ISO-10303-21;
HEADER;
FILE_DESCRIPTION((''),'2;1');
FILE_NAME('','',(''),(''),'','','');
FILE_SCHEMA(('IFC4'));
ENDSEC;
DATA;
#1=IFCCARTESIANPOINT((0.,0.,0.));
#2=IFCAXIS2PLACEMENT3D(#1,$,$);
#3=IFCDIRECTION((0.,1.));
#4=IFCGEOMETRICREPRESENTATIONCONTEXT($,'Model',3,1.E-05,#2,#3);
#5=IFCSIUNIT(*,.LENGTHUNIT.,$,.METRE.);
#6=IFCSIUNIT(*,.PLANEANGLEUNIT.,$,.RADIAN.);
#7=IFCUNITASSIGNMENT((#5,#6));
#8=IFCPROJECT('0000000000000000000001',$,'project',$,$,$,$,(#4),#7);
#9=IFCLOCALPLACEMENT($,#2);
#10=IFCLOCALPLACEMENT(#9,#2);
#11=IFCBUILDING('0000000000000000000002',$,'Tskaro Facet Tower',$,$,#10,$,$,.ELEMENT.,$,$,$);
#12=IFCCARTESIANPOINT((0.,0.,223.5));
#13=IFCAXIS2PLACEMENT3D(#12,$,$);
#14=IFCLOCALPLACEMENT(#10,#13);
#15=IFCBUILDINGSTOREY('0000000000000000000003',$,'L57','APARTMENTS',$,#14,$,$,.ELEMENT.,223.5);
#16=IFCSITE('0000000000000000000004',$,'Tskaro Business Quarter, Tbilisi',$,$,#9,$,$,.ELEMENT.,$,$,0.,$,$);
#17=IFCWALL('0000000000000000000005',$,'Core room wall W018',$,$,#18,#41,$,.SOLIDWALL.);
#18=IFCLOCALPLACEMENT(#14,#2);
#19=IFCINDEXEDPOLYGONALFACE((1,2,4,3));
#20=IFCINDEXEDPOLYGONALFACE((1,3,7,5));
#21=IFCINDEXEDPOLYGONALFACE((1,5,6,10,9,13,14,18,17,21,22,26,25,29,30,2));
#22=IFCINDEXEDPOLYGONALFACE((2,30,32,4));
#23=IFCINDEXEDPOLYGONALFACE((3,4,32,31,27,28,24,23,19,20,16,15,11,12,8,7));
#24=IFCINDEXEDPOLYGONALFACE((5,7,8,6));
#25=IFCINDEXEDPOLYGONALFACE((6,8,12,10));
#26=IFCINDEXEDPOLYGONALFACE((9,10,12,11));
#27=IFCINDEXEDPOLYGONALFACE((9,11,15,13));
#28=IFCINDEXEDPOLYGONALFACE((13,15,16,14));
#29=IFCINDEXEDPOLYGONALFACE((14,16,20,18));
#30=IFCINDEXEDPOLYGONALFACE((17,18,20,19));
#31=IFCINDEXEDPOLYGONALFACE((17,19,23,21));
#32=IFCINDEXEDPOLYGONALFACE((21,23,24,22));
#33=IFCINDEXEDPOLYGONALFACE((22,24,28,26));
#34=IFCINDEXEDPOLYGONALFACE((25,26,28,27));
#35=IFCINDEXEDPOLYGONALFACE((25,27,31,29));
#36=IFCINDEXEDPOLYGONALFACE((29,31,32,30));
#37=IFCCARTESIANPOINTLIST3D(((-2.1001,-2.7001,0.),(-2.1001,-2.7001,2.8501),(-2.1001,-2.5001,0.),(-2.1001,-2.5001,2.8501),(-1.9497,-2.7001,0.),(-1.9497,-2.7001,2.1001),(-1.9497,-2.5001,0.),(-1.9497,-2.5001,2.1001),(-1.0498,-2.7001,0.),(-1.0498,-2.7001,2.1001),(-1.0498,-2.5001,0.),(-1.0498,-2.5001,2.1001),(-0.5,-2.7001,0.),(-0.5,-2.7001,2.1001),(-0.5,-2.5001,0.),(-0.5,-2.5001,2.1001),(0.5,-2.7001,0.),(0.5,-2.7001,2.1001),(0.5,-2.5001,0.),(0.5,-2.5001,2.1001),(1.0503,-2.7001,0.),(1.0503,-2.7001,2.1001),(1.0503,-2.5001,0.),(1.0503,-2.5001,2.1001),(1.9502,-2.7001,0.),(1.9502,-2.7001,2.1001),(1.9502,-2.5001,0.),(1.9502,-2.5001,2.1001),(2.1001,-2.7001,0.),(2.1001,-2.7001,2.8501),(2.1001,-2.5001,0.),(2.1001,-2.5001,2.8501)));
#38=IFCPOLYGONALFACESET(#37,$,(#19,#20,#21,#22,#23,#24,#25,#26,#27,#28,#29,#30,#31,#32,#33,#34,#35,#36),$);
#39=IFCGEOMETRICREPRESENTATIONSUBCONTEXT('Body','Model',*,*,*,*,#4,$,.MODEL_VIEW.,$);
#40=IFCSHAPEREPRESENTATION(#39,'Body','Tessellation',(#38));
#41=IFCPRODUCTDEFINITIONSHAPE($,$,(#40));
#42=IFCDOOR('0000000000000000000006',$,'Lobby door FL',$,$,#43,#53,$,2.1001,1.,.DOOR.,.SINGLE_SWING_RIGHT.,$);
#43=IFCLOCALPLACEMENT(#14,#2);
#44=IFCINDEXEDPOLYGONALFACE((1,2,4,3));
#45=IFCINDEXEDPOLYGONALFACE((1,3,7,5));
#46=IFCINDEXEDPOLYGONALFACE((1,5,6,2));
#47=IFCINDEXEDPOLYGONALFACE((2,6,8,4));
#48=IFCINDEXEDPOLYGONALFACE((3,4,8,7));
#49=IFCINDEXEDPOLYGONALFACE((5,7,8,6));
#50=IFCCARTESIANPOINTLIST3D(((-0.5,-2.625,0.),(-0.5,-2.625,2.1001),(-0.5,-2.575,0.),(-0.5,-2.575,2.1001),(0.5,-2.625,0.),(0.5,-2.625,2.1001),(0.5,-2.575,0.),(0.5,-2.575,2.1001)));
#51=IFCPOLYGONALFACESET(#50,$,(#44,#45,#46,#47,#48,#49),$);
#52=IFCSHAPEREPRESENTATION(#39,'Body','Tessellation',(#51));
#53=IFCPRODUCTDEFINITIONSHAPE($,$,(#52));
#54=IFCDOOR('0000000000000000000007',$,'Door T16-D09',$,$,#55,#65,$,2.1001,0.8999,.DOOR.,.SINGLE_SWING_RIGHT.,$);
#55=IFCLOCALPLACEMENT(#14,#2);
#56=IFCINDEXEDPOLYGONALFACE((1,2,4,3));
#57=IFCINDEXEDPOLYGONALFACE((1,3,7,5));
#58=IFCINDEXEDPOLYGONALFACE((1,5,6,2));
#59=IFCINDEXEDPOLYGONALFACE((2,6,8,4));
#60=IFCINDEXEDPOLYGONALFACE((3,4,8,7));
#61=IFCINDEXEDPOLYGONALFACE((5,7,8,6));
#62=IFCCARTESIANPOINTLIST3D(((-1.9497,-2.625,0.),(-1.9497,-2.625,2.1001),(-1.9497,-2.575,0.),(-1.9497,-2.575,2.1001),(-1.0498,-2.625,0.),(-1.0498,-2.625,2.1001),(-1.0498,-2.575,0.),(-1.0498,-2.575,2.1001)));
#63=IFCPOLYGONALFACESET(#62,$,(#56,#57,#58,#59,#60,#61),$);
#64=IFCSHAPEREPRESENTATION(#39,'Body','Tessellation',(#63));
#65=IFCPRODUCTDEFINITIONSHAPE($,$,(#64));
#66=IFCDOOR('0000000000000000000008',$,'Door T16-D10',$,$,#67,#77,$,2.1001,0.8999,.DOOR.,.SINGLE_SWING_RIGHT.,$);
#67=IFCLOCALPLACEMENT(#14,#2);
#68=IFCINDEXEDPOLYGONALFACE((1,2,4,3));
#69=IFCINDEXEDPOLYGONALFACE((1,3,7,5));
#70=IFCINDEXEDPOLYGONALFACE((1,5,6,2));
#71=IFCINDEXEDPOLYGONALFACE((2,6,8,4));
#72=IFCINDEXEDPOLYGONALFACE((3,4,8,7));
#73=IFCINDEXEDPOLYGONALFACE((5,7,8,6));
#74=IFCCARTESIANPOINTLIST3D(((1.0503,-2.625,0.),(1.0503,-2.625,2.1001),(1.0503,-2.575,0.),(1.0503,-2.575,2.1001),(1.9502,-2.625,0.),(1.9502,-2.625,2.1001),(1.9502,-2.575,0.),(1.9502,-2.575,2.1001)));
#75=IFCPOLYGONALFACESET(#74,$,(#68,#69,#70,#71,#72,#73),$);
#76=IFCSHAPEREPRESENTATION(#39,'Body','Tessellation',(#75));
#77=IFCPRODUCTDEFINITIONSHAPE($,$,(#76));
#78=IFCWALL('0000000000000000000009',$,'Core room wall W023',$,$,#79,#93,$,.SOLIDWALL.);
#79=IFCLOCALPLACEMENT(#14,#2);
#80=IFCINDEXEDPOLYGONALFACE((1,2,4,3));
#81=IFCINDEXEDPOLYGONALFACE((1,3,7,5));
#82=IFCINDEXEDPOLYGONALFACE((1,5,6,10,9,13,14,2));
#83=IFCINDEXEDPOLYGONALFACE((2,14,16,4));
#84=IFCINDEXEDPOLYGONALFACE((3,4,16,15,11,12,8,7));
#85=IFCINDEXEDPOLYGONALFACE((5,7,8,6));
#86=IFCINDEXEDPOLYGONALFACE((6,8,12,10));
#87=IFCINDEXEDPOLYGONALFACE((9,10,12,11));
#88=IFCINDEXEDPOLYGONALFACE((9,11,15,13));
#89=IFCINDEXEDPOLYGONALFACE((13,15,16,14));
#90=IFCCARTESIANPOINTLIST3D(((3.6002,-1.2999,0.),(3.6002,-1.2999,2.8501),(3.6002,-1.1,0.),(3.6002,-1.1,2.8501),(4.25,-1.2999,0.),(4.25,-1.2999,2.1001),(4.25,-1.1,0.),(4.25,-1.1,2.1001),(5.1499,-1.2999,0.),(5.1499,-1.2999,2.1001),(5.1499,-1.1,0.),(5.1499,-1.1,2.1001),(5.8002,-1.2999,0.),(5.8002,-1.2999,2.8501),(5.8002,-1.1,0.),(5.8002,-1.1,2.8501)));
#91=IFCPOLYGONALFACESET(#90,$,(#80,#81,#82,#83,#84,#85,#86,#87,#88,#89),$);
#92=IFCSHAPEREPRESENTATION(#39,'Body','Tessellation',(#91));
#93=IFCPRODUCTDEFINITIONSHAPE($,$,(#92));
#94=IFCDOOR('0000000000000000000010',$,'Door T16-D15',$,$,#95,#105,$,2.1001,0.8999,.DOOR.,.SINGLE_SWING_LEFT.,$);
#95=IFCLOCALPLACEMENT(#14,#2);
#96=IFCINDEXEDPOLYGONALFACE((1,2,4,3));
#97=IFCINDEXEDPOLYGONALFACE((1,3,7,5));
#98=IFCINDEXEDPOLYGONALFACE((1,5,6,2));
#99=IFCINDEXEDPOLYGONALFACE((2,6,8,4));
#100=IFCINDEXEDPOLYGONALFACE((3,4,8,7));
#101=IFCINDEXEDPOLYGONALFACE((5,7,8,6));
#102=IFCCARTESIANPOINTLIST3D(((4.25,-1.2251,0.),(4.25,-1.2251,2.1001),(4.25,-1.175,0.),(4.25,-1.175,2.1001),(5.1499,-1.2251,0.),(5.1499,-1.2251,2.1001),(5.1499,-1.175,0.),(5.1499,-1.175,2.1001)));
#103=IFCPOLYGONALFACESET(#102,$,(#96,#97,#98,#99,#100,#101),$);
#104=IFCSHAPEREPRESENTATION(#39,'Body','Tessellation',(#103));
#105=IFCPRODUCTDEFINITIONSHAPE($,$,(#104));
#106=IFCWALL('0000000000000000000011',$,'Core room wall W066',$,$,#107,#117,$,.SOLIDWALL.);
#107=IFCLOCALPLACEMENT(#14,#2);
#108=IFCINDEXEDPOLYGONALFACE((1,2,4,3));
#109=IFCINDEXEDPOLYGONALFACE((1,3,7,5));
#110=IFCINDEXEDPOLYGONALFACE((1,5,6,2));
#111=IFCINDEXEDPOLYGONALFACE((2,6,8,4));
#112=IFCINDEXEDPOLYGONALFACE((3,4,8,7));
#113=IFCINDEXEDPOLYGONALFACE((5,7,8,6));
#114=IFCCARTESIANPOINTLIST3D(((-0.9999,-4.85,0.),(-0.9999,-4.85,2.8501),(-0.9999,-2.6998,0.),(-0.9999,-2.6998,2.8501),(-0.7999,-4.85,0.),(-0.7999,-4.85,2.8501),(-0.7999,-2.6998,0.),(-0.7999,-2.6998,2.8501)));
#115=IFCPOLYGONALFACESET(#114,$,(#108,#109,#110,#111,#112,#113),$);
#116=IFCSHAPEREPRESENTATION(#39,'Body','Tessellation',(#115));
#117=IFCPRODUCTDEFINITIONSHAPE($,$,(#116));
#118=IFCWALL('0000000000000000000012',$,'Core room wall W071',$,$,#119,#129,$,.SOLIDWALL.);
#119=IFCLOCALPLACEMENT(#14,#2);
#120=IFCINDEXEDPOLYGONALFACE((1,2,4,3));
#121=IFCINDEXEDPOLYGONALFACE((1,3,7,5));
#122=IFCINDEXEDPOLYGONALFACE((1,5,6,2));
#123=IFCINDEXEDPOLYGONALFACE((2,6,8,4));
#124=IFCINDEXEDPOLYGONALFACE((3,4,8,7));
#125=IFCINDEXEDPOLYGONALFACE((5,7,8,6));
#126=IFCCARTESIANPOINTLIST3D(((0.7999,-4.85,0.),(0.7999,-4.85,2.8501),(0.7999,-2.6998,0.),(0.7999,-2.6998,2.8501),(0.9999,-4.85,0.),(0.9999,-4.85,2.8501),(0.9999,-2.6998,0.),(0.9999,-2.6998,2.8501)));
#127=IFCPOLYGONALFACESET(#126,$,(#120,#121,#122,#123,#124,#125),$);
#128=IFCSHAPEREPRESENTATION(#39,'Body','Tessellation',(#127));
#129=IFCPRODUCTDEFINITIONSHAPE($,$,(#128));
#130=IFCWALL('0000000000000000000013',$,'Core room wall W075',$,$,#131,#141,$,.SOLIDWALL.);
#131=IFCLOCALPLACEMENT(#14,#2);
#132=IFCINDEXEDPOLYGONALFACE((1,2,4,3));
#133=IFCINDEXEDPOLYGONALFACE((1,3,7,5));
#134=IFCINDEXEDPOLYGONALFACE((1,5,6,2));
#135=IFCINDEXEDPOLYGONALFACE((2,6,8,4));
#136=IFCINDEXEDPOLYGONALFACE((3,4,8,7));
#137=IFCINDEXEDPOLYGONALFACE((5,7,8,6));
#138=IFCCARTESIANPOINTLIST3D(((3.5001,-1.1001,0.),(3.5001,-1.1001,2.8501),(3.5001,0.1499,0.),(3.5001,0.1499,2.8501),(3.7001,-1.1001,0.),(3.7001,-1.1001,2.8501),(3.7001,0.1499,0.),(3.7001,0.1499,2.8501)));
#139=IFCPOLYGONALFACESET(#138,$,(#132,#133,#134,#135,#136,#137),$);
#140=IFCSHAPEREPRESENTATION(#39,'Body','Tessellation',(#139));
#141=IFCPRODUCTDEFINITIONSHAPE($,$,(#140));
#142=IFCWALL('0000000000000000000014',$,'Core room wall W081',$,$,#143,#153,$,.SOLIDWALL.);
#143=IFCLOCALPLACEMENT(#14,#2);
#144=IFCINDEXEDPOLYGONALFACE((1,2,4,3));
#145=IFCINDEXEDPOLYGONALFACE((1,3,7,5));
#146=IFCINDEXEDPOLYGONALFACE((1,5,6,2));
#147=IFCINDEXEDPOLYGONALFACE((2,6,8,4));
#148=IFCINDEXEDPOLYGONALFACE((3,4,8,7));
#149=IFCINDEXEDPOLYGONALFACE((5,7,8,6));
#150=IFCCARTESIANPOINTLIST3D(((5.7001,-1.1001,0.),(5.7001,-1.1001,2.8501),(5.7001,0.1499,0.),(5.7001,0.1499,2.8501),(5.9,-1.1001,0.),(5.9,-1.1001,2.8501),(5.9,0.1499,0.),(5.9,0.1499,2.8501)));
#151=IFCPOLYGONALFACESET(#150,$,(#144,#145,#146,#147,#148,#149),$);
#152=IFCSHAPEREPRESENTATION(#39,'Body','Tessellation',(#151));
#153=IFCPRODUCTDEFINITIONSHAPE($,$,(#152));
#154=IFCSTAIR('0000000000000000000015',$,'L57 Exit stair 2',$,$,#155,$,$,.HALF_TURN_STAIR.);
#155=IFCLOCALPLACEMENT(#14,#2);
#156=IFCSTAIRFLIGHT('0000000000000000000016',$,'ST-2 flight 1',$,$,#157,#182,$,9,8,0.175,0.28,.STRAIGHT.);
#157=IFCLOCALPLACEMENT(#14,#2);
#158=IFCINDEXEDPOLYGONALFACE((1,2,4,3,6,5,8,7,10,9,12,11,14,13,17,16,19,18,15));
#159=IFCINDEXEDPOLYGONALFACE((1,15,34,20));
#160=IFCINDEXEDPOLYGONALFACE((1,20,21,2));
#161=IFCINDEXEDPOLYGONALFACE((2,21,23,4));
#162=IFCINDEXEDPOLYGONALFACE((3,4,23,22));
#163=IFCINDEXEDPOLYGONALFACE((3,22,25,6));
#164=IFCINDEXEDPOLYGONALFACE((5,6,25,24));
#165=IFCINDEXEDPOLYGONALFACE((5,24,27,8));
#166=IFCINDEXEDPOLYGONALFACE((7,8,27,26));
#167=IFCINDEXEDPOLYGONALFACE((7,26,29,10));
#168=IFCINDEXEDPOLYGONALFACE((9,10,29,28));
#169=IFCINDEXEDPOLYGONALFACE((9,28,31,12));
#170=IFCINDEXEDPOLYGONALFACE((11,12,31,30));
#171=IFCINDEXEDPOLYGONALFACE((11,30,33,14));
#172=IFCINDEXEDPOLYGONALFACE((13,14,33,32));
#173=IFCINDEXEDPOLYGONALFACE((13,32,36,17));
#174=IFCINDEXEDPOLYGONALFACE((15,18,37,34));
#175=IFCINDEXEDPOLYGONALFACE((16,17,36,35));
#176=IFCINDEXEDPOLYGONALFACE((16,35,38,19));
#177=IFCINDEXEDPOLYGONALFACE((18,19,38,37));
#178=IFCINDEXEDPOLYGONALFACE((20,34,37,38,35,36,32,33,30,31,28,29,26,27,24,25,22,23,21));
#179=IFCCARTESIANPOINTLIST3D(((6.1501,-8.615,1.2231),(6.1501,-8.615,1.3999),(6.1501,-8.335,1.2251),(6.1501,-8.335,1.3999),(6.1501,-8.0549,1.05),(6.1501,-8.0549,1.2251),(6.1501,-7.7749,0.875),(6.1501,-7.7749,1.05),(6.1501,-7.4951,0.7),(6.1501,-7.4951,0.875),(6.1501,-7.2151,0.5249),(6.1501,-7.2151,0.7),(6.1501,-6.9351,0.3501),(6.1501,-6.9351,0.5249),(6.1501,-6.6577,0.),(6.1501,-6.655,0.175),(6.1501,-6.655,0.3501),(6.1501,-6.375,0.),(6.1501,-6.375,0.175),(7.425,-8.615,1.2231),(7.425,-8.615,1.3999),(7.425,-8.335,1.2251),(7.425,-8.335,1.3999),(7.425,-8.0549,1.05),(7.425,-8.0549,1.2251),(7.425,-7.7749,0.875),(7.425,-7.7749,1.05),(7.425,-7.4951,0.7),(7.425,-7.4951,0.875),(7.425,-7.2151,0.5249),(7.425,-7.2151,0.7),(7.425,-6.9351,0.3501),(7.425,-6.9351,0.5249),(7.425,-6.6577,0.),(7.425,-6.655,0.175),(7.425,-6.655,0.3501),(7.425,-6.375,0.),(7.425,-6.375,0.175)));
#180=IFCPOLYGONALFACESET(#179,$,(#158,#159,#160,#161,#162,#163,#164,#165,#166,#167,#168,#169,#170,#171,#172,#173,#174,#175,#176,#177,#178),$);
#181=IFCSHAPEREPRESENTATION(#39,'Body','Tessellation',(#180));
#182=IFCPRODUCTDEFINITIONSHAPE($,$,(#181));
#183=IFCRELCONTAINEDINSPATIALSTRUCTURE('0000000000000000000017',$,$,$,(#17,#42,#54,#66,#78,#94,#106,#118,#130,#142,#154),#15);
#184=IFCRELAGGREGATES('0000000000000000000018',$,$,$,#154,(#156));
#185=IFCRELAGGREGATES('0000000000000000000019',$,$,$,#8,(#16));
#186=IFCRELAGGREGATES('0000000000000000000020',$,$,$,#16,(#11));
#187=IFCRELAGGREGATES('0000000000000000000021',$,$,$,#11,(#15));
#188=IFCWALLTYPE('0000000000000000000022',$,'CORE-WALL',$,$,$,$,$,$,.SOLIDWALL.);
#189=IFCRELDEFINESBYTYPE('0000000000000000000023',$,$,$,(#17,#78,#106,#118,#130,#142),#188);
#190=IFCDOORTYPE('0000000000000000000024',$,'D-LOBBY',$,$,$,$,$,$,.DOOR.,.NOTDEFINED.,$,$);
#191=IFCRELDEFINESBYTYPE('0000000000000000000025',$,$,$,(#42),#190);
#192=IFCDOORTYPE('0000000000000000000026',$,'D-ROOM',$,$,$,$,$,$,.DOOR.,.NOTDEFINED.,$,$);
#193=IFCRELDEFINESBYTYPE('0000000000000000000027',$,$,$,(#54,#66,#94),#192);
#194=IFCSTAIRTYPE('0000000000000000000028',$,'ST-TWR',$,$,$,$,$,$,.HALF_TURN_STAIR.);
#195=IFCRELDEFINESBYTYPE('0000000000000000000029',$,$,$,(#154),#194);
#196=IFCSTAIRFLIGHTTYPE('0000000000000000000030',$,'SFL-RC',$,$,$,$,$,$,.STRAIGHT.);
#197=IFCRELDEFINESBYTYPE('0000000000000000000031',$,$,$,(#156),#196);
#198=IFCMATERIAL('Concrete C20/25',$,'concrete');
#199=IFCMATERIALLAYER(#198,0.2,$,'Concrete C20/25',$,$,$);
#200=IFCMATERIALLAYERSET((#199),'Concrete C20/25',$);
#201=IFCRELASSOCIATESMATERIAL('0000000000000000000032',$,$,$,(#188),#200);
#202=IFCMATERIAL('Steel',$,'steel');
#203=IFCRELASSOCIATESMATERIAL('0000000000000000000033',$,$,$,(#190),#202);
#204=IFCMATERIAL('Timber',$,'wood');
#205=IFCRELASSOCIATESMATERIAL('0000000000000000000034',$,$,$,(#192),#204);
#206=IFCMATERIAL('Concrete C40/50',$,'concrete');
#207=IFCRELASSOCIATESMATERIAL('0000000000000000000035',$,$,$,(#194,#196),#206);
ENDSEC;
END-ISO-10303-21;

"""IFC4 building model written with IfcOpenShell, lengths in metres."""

from ifc_helpers import new_model, si_unit, direction, frame, frame_2d, origin, place, context, subcontext, project, spatial, polyline, rectangle, outline, extrude, material, layer, layer_set, type_object, element, fill, aggregate, save


model = new_model("IFC4")

# Units and contexts
model_context = context("Model", 3, precision=1e-05, world=origin(), true_north=direction((0.0, 1.0)))
body_context = subcontext(model_context, "Body", "Model", "MODEL_VIEW")
ifc_project = project(units=[si_unit("LENGTHUNIT", "METRE"), si_unit("PLANEANGLEUNIT", "RADIAN")], contexts=[model_context])

# Site, building, storey
site_placement = place(None, origin())
site = spatial("IfcSite", under=ifc_project, at=site_placement, Name="Tskaro Business Quarter, Tbilisi", CompositionType="ELEMENT", RefElevation=0.0)
building_placement = place(site_placement, origin())
building = spatial("IfcBuilding", under=site, at=building_placement, Name="Tskaro Facet Tower", CompositionType="ELEMENT")
storey_placement = place(building_placement, frame((0.0, 0.0, 223.5)))
storey = spatial("IfcBuildingStorey", under=building, at=storey_placement, Name="L57", Description="APARTMENTS", CompositionType="ELEMENT", Elevation=223.5)

# Shared definitions
ifc_material_1 = material(Name="Steel", Category="steel")

# Shared definitions
ifc_material_2 = material(Name="Concrete C20/25", Category="concrete")
ifc_layer_1 = layer(ifc_material_2, 0.2, Name="Concrete C20/25")
ifc_layer_set_1 = layer_set([ifc_layer_1], Name="Concrete C20/25")
wall_type_1 = type_object("IfcWallType", Name="CORE-WALL", PredefinedType="SOLIDWALL", material=ifc_layer_set_1)

# Wall, openings, doors
wall_1_placement = place(storey_placement, frame((2.1001, -2.6001, 0.0), z_axis=(0.0, 0.0, 1.0), x_axis=(-1.0, 0.0, 0.0)))
wall_1 = element("IfcWall", 1, at=wall_1_placement, inside=storey, type_object=wall_type_1, Name="Core room wall W018", PredefinedType="SOLIDWALL", context=body_context, shape_type="SweptSolid", body=[
    extrude(rectangle(XDim=4.2002, YDim=0.2, at=frame_2d((2.1001, 0.0))), origin(), (0.0, 0.0, 1.0), 2.8501),
])
opening_1_placement = place(wall_1_placement, frame((1.6001, 0.0, 0.0)))
opening_1 = element("IfcOpeningElement", 2, at=opening_1_placement, cuts=wall_1, PredefinedType="OPENING", context=body_context, shape_type="SweptSolid", body=[
    extrude(rectangle(XDim=1.0, YDim=2.1001, at=frame_2d((0.5, 1.05))), frame((0.0, 0.1099, 0.0), z_axis=(0.0, -1.0, 0.0), x_axis=(1.0, 0.0, 0.0)), (0.0, 0.0, 1.0), 0.22),
])
opening_2_placement = place(wall_1_placement, frame((3.1499, 0.0, 0.0)))
opening_2 = element("IfcOpeningElement", 3, at=opening_2_placement, cuts=wall_1, PredefinedType="OPENING", context=body_context, shape_type="SweptSolid", body=[
    extrude(rectangle(XDim=0.8999, YDim=2.1001, at=frame_2d((0.45, 1.05))), frame((0.0, 0.1099, 0.0), z_axis=(0.0, -1.0, 0.0), x_axis=(1.0, 0.0, 0.0)), (0.0, 0.0, 1.0), 0.22),
])
opening_3_placement = place(wall_1_placement, frame((0.1499, 0.0, 0.0)))
opening_3 = element("IfcOpeningElement", 4, at=opening_3_placement, cuts=wall_1, PredefinedType="OPENING", context=body_context, shape_type="SweptSolid", body=[
    extrude(rectangle(XDim=0.8999, YDim=2.1001, at=frame_2d((0.45, 1.05))), frame((0.0, 0.1099, 0.0), z_axis=(0.0, -1.0, 0.0), x_axis=(1.0, 0.0, 0.0)), (0.0, 0.0, 1.0), 0.22),
])
door_type_1 = type_object("IfcDoorType", Name="D-LOBBY", OperationType="NOTDEFINED", PredefinedType="DOOR", material=ifc_material_1)
door_1_placement = place(opening_1_placement, origin())
door_1 = element("IfcDoor", 5, at=door_1_placement, inside=storey, type_object=door_type_1, Name="Lobby door FL", OperationType="SINGLE_SWING_RIGHT", OverallHeight=2.1001, OverallWidth=1.0, PredefinedType="DOOR", context=body_context, shape_type="SweptSolid", body=[
    extrude(rectangle(XDim=1.0, YDim=2.1001, at=frame_2d((0.5, 1.05))), frame((0.0, 0.0249, 0.0), z_axis=(0.0, -1.0, 0.0), x_axis=(1.0, 0.0, 0.0)), (0.0, 0.0, 1.0), 0.05),
])
fill(opening_1, door_1)
ifc_material_3 = material(Name="Timber", Category="wood")
door_type_2 = type_object("IfcDoorType", Name="D-ROOM", OperationType="NOTDEFINED", PredefinedType="DOOR", material=ifc_material_3)
door_2_placement = place(opening_2_placement, origin())
door_2 = element("IfcDoor", 6, at=door_2_placement, inside=storey, type_object=door_type_2, Name="Door T16-D09", OperationType="SINGLE_SWING_RIGHT", OverallHeight=2.1001, OverallWidth=0.8999, PredefinedType="DOOR", context=body_context, shape_type="SweptSolid", body=[
    extrude(rectangle(XDim=0.8999, YDim=2.1001, at=frame_2d((0.45, 1.05))), frame((0.0, 0.0249, 0.0), z_axis=(0.0, -1.0, 0.0), x_axis=(1.0, 0.0, 0.0)), (0.0, 0.0, 1.0), 0.05),
])
fill(opening_2, door_2)
door_3_placement = place(opening_3_placement, origin())
door_3 = element("IfcDoor", 7, at=door_3_placement, inside=storey, type_object=door_type_2, Name="Door T16-D10", OperationType="SINGLE_SWING_RIGHT", OverallHeight=2.1001, OverallWidth=0.8999, PredefinedType="DOOR", context=body_context, shape_type="SweptSolid", body=[
    extrude(rectangle(XDim=0.8999, YDim=2.1001, at=frame_2d((0.45, 1.05))), frame((0.0, 0.0249, 0.0), z_axis=(0.0, -1.0, 0.0), x_axis=(1.0, 0.0, 0.0)), (0.0, 0.0, 1.0), 0.05),
])
fill(opening_3, door_3)

# Wall, opening, door
wall_2_placement = place(storey_placement, frame((3.6001, -1.2, 0.0), z_axis=(0.0, 0.0, 1.0), x_axis=(1.0, 0.0, 0.0)))
wall_2 = element("IfcWall", 8, at=wall_2_placement, inside=storey, type_object=wall_type_1, Name="Core room wall W023", PredefinedType="SOLIDWALL", context=body_context, shape_type="SweptSolid", body=[
    extrude(rectangle(XDim=2.2, YDim=0.2, at=frame_2d((1.1001, 0.0))), origin(), (0.0, 0.0, 1.0), 2.8501),
])
opening_4_placement = place(wall_2_placement, frame((0.6499, 0.0, 0.0)))
opening_4 = element("IfcOpeningElement", 9, at=opening_4_placement, cuts=wall_2, PredefinedType="OPENING", context=body_context, shape_type="SweptSolid", body=[
    extrude(rectangle(XDim=0.8999, YDim=2.1001, at=frame_2d((0.45, 1.05))), frame((0.0, 0.1099, 0.0), z_axis=(0.0, -1.0, 0.0), x_axis=(1.0, 0.0, 0.0)), (0.0, 0.0, 1.0), 0.22),
])
door_4_placement = place(opening_4_placement, origin())
door_4 = element("IfcDoor", 10, at=door_4_placement, inside=storey, type_object=door_type_2, Name="Door T16-D15", OperationType="SINGLE_SWING_LEFT", OverallHeight=2.1001, OverallWidth=0.8999, PredefinedType="DOOR", context=body_context, shape_type="SweptSolid", body=[
    extrude(rectangle(XDim=0.8999, YDim=2.1001, at=frame_2d((0.45, 1.05))), frame((0.0, 0.0249, 0.0), z_axis=(0.0, -1.0, 0.0), x_axis=(1.0, 0.0, 0.0)), (0.0, 0.0, 1.0), 0.05),
])
fill(opening_4, door_4)

# Walls
for number, where, z_axis, x_axis, name in (
    (11, (-0.8999, -4.8501, 0.0), (0.0, 0.0, 1.0), (0.0, 1.0, 0.0), "Core room wall W066"),
    (12, (0.8999, -4.8501, 0.0), (0.0, 0.0, 1.0), (0.0, 1.0, 0.0), "Core room wall W071"),
):
    element("IfcWall", number, at=place(storey_placement, frame(where, z_axis=z_axis, x_axis=x_axis)), inside=storey, type_object=wall_type_1, Name=name, PredefinedType="SOLIDWALL", context=body_context, shape_type="SweptSolid", body=[
        extrude(rectangle(XDim=2.1501, YDim=0.2, at=frame_2d((1.0752, 0.0))), origin(), (0.0, 0.0, 1.0), 2.8501),
    ])
for number, where, z_axis, x_axis, name in (
    (13, (3.6001, -1.1001, 0.0), (0.0, 0.0, 1.0), (0.0, 1.0, 0.0), "Core room wall W075"),
    (14, (5.8, -1.1001, 0.0), (0.0, 0.0, 1.0), (0.0, 1.0, 0.0), "Core room wall W081"),
):
    element("IfcWall", number, at=place(storey_placement, frame(where, z_axis=z_axis, x_axis=x_axis)), inside=storey, type_object=wall_type_1, Name=name, PredefinedType="SOLIDWALL", context=body_context, shape_type="SweptSolid", body=[
        extrude(rectangle(XDim=1.25, YDim=0.2, at=frame_2d((0.625, 0.0))), origin(), (0.0, 0.0, 1.0), 2.8501),
    ])

# Stair, stair flight
ifc_material_4 = material(Name="Concrete C40/50", Category="concrete")
stair_type = type_object("IfcStairType", Name="ST-TWR", PredefinedType="HALF_TURN_STAIR", material=ifc_material_4)
stair_placement = place(storey_placement, origin())
stair = element("IfcStair", 15, at=stair_placement, inside=storey, type_object=stair_type, Name="L57 Exit stair 2", PredefinedType="HALF_TURN_STAIR")
stair_flight_type = type_object("IfcStairFlightType", Name="SFL-RC", PredefinedType="STRAIGHT", material=ifc_material_4)
stair_flight_placement = place(storey_placement, frame((6.7876, -6.375, 0.0), z_axis=(0.0, 0.0, 1.0), x_axis=(0.0, -1.0, 0.0)))
stair_flight = element("IfcStairFlight", 16, at=stair_flight_placement, type_object=stair_flight_type, Name="ST-2 flight 1", NumberOfRisers=9, NumberOfTreads=8, PredefinedType="STRAIGHT", RiserHeight=0.175, TreadLength=0.28, context=body_context, shape_type="SweptSolid", body=[
    extrude(outline(polyline([(0.0, 0.0), (0.0, 0.175), (0.28, 0.175), (0.28, 0.3501), (0.5601, 0.3501), (0.5601, 0.5249), (0.8401, 0.5249), (0.8401, 0.7), (1.1201, 0.7), (1.1201, 0.875), (1.3999, 0.875), (1.3999, 1.05), (1.6799, 1.05), (1.6799, 1.2251), (1.96, 1.2251), (1.96, 1.3999), (2.24, 1.3999), (2.24, 1.575), (2.24, 1.2231), (0.2827, 0.0), (0.0, 0.0)])), frame((0.0, 0.6375, 0.0), z_axis=(0.0, -1.0, 0.0), x_axis=(1.0, 0.0, 0.0)), (0.0, 0.0, 1.0), 1.2749),
])
aggregate(stair, [stair_flight])

save(model, "model.ifc")
